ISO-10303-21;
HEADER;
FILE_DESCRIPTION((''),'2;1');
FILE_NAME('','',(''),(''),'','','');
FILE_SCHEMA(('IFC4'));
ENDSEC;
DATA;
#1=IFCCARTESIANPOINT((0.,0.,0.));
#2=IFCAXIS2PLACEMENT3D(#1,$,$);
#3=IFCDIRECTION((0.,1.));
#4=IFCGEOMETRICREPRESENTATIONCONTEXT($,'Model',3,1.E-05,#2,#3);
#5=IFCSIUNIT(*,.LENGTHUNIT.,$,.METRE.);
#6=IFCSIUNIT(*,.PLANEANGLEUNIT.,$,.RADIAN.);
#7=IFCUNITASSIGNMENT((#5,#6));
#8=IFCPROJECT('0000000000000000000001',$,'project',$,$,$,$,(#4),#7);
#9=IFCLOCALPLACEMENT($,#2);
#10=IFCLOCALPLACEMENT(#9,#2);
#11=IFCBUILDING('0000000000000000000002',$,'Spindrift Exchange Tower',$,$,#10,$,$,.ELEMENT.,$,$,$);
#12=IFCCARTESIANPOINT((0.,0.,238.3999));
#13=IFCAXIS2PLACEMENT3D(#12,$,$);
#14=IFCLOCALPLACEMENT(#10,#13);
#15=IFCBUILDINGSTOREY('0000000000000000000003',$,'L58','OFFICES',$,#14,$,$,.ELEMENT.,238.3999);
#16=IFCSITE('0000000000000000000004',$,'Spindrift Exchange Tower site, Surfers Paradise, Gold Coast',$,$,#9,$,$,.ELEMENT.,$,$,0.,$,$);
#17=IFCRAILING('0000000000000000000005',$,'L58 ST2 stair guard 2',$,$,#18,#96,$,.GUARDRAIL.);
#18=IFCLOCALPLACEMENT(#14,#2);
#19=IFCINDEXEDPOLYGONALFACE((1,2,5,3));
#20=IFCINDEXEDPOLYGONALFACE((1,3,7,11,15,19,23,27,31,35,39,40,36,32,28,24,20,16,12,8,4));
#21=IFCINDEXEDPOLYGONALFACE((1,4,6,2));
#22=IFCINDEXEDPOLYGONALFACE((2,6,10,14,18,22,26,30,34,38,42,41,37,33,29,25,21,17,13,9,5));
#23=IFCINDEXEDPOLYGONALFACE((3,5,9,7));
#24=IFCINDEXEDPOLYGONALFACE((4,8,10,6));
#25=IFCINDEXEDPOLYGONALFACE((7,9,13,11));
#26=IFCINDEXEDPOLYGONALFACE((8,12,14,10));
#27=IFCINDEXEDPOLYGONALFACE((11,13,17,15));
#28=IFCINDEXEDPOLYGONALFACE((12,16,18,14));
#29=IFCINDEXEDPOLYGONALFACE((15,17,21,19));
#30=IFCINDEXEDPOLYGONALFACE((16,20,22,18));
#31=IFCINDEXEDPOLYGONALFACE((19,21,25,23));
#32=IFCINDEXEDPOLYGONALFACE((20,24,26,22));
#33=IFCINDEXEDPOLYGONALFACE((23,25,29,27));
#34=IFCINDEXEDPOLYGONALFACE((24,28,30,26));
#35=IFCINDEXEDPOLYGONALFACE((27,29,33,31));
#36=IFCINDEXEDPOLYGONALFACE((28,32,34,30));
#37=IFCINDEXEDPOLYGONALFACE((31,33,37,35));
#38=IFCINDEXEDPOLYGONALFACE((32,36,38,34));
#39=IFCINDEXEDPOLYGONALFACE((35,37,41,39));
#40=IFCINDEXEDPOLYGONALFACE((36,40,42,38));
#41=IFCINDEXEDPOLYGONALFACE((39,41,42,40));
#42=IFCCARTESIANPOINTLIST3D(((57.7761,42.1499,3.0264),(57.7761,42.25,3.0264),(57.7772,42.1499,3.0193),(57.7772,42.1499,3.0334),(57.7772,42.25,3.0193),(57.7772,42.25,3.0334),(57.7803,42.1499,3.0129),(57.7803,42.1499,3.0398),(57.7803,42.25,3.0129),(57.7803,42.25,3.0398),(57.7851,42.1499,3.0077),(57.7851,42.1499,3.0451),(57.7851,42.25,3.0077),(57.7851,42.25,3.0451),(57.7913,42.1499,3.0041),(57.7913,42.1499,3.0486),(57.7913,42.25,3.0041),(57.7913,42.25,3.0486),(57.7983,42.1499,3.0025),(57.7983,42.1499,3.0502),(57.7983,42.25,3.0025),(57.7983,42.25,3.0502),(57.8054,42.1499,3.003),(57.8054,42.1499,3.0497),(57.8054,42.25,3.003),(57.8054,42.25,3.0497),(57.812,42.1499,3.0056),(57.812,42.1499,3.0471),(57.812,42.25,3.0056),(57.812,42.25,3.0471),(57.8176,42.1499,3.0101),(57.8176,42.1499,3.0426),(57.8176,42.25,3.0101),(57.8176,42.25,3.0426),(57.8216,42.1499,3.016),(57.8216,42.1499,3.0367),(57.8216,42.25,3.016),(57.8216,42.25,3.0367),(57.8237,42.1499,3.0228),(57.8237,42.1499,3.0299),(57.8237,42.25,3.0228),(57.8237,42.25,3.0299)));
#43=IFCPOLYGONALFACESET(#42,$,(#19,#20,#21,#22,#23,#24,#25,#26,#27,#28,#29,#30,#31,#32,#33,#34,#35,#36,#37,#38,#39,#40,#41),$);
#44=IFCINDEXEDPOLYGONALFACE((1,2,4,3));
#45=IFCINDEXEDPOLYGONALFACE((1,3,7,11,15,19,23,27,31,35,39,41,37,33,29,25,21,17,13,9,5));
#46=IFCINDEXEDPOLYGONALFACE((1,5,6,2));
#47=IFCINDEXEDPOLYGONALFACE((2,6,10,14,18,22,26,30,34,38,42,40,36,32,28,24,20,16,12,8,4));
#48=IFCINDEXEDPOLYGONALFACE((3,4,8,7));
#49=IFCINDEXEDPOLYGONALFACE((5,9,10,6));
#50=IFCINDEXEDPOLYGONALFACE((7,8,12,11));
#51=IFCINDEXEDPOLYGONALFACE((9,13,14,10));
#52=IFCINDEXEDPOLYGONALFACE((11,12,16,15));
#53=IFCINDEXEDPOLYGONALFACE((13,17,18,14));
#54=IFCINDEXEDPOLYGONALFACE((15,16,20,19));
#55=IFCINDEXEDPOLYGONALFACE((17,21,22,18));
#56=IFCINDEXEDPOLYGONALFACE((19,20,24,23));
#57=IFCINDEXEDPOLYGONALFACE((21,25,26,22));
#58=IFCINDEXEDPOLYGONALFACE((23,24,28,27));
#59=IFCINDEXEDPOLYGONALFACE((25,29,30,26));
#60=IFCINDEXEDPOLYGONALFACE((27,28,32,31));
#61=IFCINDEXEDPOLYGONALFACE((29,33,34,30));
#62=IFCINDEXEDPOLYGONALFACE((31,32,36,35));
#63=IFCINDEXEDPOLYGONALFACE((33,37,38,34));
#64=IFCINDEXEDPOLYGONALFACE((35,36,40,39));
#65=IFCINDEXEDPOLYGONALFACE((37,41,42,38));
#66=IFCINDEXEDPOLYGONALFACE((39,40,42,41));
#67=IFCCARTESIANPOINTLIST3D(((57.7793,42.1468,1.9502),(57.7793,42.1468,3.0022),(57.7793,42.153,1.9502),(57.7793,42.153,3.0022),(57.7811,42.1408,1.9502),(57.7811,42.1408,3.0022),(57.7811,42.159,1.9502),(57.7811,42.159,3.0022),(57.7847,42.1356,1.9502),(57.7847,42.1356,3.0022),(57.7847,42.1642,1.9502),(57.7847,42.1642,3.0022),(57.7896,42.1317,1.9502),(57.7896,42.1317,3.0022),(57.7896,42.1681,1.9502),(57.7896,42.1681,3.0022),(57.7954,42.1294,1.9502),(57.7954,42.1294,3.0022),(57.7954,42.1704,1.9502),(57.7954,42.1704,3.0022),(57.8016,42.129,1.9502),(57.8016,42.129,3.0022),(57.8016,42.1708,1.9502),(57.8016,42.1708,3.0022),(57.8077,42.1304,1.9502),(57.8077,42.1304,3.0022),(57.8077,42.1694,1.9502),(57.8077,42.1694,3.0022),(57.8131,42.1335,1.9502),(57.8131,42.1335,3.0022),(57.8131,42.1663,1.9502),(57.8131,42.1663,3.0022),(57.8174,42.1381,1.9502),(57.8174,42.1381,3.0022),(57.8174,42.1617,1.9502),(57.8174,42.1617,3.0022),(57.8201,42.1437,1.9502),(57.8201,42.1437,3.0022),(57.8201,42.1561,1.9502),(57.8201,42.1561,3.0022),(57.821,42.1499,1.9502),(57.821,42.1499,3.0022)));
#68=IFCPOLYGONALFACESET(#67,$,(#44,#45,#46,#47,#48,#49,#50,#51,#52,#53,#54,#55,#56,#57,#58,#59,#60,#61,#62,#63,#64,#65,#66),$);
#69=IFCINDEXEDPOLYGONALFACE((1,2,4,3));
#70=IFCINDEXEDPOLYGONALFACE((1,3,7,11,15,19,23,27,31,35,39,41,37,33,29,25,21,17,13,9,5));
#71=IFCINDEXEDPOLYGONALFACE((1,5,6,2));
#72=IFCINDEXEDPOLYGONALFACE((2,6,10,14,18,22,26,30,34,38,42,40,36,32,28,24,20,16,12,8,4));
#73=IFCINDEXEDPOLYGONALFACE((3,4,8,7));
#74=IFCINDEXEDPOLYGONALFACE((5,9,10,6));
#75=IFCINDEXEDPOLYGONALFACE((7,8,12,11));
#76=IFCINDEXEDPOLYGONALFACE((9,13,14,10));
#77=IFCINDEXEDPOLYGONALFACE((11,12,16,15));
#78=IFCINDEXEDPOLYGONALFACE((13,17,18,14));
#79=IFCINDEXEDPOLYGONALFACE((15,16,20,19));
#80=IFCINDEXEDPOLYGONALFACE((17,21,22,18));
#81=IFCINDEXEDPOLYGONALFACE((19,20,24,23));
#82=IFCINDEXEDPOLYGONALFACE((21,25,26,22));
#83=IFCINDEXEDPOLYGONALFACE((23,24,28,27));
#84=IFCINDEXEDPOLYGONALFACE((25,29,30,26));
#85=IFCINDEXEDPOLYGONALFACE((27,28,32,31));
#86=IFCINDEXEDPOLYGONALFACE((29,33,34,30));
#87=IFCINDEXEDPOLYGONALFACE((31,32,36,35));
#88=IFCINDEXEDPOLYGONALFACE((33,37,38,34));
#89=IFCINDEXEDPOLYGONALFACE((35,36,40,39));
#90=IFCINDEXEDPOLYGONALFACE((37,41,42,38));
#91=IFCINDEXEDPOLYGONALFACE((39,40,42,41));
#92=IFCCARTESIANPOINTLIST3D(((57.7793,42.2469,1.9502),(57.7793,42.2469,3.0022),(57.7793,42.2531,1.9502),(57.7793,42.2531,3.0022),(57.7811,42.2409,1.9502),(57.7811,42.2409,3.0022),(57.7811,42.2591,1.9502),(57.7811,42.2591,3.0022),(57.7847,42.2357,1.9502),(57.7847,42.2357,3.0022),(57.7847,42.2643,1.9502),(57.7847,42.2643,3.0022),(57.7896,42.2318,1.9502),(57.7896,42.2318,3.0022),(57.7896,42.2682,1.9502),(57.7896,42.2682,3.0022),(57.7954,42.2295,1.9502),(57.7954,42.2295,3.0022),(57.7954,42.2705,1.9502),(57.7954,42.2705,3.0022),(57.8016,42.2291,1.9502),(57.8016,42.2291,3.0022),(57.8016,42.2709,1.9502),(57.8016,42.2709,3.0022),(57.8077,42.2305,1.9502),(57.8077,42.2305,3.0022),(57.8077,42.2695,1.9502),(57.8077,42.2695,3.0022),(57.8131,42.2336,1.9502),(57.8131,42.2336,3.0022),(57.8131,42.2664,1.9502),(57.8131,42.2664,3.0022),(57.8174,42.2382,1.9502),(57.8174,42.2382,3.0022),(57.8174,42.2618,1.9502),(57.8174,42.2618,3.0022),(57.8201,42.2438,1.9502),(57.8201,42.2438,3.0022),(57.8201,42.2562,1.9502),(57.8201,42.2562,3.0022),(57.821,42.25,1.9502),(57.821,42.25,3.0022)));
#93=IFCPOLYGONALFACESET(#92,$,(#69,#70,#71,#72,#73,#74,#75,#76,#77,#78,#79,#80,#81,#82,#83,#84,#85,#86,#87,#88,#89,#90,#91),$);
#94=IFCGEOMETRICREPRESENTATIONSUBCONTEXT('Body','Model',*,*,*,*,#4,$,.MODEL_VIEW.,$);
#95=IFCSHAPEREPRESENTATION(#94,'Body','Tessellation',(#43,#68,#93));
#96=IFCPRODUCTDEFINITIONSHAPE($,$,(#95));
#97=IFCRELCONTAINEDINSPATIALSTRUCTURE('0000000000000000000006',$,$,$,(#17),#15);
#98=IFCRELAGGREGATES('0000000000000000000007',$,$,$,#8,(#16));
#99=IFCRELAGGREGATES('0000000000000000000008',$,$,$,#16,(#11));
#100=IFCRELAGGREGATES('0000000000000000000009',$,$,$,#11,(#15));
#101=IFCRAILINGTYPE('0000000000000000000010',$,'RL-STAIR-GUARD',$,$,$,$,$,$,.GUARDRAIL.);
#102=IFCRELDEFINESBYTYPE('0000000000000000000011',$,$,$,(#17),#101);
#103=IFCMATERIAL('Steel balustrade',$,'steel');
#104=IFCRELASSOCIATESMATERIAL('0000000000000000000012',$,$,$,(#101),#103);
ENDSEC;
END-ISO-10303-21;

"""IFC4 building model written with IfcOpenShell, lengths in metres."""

from ifc_helpers import new_model, si_unit, direction, frame, origin, origin_2d, place, context, subcontext, project, spatial, circle, extrude, material, type_object, element, save


model = new_model("IFC4")

# Units and contexts
model_context = context("Model", 3, precision=1e-05, world=origin(), true_north=direction((0.0, 1.0)))
body_context = subcontext(model_context, "Body", "Model", "MODEL_VIEW")
ifc_project = project(units=[si_unit("LENGTHUNIT", "METRE"), si_unit("PLANEANGLEUNIT", "RADIAN")], contexts=[model_context])

# Site, building, storey
site_placement = place(None, origin())
site = spatial("IfcSite", under=ifc_project, at=site_placement, Name="Spindrift Exchange Tower site, Surfers Paradise, Gold Coast", CompositionType="ELEMENT", RefElevation=0.0)
building_placement = place(site_placement, origin())
building = spatial("IfcBuilding", under=site, at=building_placement, Name="Spindrift Exchange Tower", CompositionType="ELEMENT")
storey_placement = place(building_placement, frame((0.0, 0.0, 238.3999)))
storey = spatial("IfcBuildingStorey", under=building, at=storey_placement, Name="L58", Description="OFFICES", CompositionType="ELEMENT", Elevation=238.3999)

# Railing
ifc_material_1 = material(Name="Steel balustrade", Category="steel")
railing_type = type_object("IfcRailingType", Name="RL-STAIR-GUARD", PredefinedType="GUARDRAIL", material=ifc_material_1)
railing_1_placement = place(storey_placement, frame((57.8, 42.1499, 1.9502)))
element("IfcRailing", 1, at=railing_1_placement, inside=storey, type_object=railing_type, Name="L58 ST2 stair guard 2", PredefinedType="GUARDRAIL", context=body_context, shape_type="SweptSolid", body=[
    extrude(circle(Radius=0.0239, at=origin_2d()), frame((0.0, 0.0, 1.0762), z_axis=(0.0, 1.0, 0.0), x_axis=(-1.0, 0.0, 0.0)), (0.0, 0.0, 1.0), 0.1001),
    extrude(circle(Radius=0.021, at=origin_2d()), origin(), (0.0, 0.0, 1.0), 1.052),
    extrude(circle(Radius=0.021, at=origin_2d()), frame((0.0, 0.1001, 0.0)), (0.0, 0.0, 1.0), 1.052),
])

save(model, "model.ifc")
